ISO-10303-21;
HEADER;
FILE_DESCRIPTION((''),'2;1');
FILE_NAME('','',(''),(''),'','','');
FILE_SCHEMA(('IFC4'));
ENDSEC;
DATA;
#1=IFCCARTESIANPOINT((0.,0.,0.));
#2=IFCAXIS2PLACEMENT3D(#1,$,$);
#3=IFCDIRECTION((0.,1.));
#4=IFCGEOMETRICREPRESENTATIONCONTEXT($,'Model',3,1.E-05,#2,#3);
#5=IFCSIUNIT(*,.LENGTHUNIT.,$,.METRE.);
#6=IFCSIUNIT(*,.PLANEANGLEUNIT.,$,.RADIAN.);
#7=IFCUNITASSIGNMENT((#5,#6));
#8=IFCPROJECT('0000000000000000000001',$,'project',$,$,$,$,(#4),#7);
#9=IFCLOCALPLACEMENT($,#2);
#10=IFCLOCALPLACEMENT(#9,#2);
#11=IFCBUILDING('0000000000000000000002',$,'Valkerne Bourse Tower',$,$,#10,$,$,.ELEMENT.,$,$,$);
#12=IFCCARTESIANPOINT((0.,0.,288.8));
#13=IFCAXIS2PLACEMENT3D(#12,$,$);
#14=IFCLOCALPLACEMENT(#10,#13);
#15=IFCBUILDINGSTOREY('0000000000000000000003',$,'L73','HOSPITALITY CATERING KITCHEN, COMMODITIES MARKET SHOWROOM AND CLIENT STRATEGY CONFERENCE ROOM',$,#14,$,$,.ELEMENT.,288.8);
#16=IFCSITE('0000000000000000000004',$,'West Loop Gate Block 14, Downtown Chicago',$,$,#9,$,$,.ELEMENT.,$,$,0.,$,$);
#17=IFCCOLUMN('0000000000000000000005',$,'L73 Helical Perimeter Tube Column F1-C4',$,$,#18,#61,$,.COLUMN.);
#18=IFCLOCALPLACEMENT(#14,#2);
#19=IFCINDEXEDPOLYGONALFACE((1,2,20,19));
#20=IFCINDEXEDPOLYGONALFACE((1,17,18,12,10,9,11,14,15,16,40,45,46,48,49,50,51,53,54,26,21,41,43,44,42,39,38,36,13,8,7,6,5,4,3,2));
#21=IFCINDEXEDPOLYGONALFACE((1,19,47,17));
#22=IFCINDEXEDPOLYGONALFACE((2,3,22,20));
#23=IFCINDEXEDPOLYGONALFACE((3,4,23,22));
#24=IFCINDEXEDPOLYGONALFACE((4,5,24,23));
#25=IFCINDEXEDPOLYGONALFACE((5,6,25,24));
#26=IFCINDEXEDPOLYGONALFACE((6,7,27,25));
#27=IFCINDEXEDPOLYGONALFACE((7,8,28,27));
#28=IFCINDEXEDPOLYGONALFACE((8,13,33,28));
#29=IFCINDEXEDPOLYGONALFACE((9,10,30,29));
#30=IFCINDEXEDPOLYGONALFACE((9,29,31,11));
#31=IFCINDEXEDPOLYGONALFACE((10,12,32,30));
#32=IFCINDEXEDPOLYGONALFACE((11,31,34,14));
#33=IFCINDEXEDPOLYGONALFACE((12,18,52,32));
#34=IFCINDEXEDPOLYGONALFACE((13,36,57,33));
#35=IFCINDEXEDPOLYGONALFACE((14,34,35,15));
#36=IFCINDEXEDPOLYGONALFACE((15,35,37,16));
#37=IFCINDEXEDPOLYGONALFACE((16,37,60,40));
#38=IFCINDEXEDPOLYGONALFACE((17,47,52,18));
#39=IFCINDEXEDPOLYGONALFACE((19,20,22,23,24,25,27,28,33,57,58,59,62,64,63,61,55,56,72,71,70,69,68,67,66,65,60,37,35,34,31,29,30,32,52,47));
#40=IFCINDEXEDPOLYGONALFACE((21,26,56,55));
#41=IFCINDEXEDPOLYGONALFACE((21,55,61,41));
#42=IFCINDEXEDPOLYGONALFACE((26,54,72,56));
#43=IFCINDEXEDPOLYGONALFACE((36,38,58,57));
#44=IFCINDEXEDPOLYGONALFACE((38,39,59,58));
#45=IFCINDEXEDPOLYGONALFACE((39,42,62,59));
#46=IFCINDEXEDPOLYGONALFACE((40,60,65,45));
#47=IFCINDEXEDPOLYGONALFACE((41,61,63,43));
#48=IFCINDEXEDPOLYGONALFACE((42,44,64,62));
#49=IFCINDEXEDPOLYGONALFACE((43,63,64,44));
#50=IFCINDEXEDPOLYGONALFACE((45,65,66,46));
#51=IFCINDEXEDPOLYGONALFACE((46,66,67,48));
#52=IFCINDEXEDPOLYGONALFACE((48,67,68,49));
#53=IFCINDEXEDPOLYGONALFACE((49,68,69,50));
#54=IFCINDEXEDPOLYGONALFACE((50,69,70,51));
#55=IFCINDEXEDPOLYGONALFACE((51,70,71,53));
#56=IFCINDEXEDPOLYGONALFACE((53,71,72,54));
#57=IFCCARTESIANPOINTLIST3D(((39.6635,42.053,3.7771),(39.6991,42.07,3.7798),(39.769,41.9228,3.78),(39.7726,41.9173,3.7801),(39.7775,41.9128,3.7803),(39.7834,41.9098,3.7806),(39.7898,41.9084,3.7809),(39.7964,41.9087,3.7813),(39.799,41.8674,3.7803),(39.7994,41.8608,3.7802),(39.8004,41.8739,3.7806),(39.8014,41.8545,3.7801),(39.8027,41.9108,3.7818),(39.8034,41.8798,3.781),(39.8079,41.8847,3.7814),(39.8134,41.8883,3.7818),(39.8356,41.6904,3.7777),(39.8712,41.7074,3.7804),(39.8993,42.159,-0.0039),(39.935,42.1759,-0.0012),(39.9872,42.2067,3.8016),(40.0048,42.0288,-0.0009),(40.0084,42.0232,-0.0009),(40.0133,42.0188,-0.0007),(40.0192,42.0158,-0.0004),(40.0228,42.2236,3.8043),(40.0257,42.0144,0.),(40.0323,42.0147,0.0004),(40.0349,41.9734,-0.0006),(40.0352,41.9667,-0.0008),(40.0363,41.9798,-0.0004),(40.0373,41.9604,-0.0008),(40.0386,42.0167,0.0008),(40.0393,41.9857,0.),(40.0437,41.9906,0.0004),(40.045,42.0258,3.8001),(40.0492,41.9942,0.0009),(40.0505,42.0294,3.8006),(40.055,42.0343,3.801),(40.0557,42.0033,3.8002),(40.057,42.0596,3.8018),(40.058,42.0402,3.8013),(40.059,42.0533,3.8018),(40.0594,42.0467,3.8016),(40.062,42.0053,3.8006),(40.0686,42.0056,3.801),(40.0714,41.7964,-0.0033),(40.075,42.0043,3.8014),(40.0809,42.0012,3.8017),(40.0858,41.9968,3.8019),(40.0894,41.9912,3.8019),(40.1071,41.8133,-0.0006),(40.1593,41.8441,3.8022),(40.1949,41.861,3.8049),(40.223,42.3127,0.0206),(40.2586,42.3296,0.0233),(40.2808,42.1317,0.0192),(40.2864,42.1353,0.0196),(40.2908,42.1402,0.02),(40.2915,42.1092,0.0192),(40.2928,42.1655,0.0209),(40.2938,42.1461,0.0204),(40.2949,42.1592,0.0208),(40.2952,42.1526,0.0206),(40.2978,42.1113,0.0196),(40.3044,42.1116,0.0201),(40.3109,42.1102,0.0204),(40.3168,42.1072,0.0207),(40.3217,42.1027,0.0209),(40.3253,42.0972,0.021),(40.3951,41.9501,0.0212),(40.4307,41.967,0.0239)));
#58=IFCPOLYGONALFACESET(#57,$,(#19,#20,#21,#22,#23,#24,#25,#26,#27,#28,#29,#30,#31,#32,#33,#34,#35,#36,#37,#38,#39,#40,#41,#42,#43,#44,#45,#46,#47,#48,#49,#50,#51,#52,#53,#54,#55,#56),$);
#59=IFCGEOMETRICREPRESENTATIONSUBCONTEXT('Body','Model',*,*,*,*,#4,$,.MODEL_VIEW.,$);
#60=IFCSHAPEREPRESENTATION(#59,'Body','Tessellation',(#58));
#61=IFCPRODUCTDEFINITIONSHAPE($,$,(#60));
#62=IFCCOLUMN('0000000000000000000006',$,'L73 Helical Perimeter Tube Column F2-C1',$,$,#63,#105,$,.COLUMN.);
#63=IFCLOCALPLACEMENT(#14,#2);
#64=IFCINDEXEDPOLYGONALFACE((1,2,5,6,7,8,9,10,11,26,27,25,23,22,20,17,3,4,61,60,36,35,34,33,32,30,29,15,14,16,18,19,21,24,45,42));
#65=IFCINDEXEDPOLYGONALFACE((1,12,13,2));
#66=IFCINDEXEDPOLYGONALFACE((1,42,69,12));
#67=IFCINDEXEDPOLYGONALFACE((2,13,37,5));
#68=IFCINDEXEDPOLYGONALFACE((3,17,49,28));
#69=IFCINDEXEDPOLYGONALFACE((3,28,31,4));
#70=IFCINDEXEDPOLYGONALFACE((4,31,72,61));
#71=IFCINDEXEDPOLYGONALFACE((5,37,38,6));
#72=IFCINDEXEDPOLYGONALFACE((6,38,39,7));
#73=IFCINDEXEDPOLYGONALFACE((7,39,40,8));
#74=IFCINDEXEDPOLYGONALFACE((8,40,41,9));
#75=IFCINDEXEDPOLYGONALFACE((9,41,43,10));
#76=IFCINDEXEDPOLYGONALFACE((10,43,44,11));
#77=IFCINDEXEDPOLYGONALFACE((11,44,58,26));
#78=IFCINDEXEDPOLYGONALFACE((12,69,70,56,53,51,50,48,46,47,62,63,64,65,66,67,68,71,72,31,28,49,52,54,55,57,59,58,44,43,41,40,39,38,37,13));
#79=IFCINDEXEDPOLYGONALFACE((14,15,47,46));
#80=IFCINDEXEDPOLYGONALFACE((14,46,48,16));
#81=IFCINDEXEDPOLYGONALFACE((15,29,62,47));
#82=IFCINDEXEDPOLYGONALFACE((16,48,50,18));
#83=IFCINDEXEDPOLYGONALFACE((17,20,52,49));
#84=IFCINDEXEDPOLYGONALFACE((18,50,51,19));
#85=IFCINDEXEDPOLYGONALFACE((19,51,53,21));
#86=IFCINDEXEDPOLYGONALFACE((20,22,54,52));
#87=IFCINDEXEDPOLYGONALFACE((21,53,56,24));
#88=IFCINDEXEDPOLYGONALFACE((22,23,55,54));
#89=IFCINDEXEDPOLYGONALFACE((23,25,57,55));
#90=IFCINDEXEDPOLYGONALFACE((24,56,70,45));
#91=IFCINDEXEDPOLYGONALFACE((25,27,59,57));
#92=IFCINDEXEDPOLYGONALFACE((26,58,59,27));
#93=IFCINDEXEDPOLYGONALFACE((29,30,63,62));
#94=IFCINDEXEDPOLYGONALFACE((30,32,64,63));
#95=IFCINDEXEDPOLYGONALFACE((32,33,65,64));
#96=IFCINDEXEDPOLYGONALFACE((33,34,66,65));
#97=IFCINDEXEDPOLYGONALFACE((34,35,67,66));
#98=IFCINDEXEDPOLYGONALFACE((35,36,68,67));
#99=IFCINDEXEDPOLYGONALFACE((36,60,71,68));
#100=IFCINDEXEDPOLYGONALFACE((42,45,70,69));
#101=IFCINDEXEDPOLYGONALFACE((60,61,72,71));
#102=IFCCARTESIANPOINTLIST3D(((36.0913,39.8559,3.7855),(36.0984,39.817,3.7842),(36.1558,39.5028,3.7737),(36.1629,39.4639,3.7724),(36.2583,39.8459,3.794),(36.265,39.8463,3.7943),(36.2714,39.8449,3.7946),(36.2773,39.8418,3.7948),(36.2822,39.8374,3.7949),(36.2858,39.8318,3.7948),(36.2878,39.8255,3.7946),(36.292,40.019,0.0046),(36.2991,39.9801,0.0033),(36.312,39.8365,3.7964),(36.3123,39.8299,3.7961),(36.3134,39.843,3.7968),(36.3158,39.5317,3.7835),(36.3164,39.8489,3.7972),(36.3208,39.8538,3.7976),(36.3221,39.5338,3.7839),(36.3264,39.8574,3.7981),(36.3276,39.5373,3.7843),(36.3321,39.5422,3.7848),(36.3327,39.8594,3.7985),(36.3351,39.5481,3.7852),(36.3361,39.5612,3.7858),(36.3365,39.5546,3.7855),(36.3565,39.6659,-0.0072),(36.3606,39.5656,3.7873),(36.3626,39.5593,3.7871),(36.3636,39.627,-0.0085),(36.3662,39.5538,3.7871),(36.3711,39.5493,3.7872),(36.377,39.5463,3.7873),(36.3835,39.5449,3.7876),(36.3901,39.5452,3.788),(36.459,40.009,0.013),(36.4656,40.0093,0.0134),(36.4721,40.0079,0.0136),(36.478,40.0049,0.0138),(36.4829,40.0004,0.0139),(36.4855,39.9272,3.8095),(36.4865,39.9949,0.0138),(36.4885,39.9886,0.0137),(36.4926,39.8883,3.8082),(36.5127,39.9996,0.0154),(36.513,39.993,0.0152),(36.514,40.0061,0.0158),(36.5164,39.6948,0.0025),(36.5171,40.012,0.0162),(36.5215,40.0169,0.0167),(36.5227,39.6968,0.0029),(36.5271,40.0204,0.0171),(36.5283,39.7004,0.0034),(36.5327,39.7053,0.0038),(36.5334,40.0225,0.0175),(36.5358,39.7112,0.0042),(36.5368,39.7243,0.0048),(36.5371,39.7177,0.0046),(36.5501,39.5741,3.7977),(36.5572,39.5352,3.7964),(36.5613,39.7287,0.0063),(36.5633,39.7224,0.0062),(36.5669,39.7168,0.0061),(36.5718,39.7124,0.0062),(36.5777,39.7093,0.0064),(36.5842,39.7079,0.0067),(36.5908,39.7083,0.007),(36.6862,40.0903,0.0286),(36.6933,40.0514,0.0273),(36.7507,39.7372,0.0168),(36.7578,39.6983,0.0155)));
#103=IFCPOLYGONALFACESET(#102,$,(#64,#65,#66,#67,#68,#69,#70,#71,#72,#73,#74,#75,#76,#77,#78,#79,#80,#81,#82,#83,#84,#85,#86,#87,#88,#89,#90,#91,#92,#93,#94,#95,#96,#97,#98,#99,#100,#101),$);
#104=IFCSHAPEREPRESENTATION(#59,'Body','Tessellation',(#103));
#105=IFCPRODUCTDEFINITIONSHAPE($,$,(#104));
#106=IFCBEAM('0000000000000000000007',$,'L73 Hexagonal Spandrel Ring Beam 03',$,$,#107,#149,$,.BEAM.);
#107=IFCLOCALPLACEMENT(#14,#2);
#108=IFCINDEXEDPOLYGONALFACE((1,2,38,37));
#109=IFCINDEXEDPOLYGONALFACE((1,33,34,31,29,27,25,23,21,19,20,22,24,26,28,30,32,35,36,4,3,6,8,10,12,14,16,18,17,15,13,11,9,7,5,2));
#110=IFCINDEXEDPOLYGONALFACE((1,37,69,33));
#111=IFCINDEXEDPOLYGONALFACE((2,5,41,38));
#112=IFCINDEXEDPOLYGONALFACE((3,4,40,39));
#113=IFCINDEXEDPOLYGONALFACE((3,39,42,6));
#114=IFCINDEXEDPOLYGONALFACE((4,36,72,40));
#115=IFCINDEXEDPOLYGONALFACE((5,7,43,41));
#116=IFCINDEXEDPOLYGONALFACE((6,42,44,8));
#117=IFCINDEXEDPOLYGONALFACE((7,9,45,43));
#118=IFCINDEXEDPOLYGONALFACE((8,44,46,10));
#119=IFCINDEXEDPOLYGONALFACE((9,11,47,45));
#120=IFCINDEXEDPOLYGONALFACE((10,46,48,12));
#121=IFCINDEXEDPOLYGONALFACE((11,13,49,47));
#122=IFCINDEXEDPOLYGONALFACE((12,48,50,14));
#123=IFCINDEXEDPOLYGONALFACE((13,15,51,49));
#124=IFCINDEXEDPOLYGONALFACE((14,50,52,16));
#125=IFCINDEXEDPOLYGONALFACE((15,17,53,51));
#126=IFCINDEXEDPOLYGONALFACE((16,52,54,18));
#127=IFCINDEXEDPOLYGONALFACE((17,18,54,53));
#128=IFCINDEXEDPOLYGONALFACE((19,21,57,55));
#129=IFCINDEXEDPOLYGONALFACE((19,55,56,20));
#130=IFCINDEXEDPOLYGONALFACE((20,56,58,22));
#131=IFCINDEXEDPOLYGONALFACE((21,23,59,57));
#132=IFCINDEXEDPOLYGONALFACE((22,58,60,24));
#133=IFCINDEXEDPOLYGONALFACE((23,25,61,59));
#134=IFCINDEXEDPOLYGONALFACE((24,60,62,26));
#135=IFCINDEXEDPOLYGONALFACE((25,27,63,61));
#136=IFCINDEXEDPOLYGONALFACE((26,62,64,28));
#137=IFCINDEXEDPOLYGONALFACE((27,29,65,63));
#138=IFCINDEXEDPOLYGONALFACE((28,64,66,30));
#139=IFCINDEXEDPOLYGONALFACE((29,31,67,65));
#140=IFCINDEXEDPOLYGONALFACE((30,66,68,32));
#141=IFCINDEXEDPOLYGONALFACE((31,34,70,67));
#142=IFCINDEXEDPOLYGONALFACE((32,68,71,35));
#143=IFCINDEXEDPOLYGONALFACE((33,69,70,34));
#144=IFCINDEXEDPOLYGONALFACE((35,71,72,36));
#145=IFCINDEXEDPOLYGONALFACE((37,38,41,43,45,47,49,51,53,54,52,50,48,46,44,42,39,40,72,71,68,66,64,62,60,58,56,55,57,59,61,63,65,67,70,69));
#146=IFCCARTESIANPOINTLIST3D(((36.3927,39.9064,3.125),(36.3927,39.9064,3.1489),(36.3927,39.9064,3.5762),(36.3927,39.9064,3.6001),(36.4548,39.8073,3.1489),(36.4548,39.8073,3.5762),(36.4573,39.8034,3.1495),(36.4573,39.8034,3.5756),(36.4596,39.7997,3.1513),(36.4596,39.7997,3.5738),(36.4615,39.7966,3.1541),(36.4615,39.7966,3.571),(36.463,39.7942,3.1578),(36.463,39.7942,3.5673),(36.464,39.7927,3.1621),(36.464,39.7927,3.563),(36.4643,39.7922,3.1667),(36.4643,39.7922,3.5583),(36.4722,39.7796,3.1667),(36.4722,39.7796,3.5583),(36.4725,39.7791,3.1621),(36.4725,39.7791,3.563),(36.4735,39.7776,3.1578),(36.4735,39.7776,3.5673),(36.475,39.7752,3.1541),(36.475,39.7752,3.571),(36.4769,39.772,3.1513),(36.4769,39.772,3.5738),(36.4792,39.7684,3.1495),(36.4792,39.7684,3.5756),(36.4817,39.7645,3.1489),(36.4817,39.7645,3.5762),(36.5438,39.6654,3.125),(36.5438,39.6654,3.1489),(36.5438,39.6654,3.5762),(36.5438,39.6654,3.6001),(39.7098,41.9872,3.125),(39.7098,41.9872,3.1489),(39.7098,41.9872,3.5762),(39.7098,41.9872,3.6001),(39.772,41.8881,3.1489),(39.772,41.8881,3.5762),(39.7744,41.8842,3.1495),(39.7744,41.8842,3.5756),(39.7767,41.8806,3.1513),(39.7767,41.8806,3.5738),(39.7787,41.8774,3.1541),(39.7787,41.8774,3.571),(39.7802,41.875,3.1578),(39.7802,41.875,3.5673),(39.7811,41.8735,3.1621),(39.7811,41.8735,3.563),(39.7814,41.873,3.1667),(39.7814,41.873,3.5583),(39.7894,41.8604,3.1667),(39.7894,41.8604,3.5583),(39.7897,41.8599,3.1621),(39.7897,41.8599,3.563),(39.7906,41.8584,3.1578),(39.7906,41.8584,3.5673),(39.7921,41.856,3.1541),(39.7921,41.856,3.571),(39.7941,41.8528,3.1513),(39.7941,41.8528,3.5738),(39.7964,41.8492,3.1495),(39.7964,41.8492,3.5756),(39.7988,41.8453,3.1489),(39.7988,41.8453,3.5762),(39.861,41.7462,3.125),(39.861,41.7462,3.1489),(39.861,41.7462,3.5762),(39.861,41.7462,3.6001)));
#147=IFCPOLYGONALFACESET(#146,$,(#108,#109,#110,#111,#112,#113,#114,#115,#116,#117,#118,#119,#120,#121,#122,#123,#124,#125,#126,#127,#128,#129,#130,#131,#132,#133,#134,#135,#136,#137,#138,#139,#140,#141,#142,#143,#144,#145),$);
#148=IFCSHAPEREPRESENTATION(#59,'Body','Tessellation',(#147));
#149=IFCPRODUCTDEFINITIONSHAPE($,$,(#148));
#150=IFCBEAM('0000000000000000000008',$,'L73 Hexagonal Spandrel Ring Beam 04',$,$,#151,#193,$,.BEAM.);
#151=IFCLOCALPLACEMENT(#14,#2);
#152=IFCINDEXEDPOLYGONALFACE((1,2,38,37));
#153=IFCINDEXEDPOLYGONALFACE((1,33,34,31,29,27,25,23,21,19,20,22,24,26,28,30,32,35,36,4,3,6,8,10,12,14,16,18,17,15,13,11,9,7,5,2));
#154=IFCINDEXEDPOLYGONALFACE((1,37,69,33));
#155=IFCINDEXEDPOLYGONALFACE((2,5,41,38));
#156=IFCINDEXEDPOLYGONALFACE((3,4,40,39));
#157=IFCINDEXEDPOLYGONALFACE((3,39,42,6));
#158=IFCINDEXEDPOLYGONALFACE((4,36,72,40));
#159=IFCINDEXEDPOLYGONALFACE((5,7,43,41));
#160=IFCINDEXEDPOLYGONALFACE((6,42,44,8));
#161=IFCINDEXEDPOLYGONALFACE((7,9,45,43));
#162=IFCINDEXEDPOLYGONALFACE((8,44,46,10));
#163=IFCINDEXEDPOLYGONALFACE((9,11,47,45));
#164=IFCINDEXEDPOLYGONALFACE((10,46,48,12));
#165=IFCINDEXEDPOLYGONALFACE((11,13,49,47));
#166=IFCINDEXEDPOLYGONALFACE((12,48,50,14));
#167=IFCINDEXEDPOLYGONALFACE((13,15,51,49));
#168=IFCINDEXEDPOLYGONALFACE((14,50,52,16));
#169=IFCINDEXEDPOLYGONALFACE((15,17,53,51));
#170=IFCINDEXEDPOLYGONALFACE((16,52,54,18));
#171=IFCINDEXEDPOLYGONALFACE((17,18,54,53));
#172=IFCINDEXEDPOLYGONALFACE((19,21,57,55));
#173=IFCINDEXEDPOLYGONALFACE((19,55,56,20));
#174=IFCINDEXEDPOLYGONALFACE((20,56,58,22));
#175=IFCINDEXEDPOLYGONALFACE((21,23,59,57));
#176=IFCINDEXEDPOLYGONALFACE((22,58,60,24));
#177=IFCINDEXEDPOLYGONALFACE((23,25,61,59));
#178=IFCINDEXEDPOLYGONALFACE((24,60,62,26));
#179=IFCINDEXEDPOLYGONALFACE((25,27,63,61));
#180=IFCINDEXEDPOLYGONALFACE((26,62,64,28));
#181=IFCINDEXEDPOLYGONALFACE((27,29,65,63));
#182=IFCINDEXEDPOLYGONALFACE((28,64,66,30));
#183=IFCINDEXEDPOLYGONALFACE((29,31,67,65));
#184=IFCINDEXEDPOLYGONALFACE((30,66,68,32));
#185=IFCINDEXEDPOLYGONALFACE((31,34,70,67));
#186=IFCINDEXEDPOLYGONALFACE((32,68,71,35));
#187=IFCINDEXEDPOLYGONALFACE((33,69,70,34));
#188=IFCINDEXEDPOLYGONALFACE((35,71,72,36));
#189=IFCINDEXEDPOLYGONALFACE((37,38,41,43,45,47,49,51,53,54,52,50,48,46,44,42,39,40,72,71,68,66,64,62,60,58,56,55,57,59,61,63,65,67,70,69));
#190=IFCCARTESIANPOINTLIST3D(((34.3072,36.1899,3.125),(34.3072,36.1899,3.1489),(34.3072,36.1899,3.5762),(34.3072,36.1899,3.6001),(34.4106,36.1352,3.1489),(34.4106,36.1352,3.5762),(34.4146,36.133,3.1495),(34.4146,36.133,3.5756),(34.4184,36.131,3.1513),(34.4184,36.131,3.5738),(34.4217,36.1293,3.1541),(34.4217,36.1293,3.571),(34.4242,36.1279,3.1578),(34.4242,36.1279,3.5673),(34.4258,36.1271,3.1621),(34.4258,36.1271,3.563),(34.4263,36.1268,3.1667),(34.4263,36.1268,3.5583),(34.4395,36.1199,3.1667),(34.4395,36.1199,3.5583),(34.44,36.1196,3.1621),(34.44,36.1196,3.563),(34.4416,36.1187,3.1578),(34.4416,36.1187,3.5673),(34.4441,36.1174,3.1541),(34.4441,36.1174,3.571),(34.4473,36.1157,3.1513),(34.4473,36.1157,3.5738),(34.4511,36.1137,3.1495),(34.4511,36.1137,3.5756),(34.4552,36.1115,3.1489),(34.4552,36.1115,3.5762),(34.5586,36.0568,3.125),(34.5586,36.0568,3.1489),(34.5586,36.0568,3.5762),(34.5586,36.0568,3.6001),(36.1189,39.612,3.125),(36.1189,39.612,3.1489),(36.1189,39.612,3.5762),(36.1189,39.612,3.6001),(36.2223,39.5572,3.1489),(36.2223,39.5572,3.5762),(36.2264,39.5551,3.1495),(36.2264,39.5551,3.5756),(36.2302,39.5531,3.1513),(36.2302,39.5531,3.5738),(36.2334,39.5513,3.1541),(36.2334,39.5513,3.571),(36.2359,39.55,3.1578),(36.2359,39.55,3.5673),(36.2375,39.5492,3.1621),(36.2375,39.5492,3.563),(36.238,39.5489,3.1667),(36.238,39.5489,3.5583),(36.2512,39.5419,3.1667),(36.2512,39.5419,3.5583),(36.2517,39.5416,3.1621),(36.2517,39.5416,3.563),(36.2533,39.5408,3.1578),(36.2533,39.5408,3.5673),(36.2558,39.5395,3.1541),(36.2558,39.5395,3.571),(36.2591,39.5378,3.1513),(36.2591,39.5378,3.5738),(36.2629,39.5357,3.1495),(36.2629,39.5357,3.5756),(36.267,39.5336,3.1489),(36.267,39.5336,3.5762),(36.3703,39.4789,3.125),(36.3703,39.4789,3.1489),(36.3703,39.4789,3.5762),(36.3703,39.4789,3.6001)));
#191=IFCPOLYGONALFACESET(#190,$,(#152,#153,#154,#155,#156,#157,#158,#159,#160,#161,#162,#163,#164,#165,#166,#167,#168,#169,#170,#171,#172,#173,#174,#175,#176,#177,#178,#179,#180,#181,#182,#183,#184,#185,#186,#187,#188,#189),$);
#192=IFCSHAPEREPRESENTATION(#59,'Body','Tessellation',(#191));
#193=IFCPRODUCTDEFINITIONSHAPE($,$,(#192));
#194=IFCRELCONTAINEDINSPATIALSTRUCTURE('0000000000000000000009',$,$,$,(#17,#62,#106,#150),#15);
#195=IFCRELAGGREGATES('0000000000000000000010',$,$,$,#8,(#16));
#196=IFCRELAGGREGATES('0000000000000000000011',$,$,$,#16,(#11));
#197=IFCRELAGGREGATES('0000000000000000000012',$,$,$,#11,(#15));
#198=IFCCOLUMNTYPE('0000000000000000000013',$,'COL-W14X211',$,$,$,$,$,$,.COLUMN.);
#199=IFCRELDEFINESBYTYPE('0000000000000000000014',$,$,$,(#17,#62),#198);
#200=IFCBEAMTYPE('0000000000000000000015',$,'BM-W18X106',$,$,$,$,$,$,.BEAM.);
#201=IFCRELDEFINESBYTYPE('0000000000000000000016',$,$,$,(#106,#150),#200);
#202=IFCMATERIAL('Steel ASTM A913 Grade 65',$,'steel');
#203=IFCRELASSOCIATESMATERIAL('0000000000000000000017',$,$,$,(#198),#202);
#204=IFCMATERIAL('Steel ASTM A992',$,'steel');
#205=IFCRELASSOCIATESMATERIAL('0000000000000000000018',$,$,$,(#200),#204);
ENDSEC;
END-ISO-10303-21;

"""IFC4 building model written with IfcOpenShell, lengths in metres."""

from ifc_helpers import new_model, si_unit, direction, frame, origin, origin_2d, place, context, subcontext, project, spatial, i_section, extrude, material, material_profile, profile_set, type_object, element, save


model = new_model("IFC4")

# Units and contexts
model_context = context("Model", 3, precision=1e-05, world=origin(), true_north=direction((0.0, 1.0)))
body_context = subcontext(model_context, "Body", "Model", "MODEL_VIEW")
ifc_project = project(units=[si_unit("LENGTHUNIT", "METRE"), si_unit("PLANEANGLEUNIT", "RADIAN")], contexts=[model_context])

# Site, building, storey
site_placement = place(None, origin())
site = spatial("IfcSite", under=ifc_project, at=site_placement, Name="West Loop Gate Block 14, Downtown Chicago", CompositionType="ELEMENT", RefElevation=0.0)
building_placement = place(site_placement, origin())
building = spatial("IfcBuilding", under=site, at=building_placement, Name="Valkerne Bourse Tower", CompositionType="ELEMENT")
storey_placement = place(building_placement, frame((0.0, 0.0, 288.8)))
storey = spatial("IfcBuildingStorey", under=building, at=storey_placement, Name="L73", Description="HOSPITALITY CATERING KITCHEN, COMMODITIES MARKET SHOWROOM AND CLIENT STRATEGY CONFERENCE ROOM", CompositionType="ELEMENT", Elevation=288.8)

# Columns
ifc_material_1 = material(Name="Steel ASTM A913 Grade 65", Category="steel")
ifc_material_profile_1 = material_profile(ifc_material_1, i_section(OverallWidth=0.4014, OverallDepth=0.3987, WebThickness=0.0249, FlangeThickness=0.0396, FilletRadius=0.0254, at=origin_2d()), Name="W14X211")
ifc_profile_set_1 = profile_set([ifc_material_profile_1], Name="Steel ASTM A913 Grade 65")
column_type = type_object("IfcColumnType", Name="COL-W14X211", PredefinedType="COLUMN", material=ifc_profile_set_1)
for number, where, z_axis, x_axis, name in (
    (1, (40.165, 42.063, 0.01), (-0.06223, -0.027958, 0.99767), (-0.428784, 0.903406, -0.001429), "L73 Helical Perimeter Tube Column F1-C4"),
    (2, (36.5249, 39.8586, 0.01), (-0.052953, -0.043032, 0.997669), (-0.982303, -0.177499, -0.059794), "L73 Helical Perimeter Tube Column F2-C1"),
):
    element("IfcColumn", number, at=place(storey_placement, frame(where, z_axis=z_axis, x_axis=x_axis)), inside=storey, type_object=column_type, Name=name, PredefinedType="COLUMN", context=body_context, shape_type="SweptSolid", body=[
        extrude(i_section(OverallWidth=0.4014, OverallDepth=0.3987, WebThickness=0.0249, FlangeThickness=0.0396, FilletRadius=0.0254, at=origin_2d()), origin(), (0.0, 0.0, 1.0), 3.7898),
    ])

# Beams
ifc_material_2 = material(Name="Steel ASTM A992", Category="steel")
ifc_material_profile_2 = material_profile(ifc_material_2, i_section(OverallWidth=0.2844, OverallDepth=0.4751, WebThickness=0.0149, FlangeThickness=0.0239, FilletRadius=0.0178, at=origin_2d()), Name="W18X106")
ifc_profile_set_2 = profile_set([ifc_material_profile_2], Name="Steel ASTM A992")
beam_type_1 = type_object("IfcBeamType", Name="BM-W18X106", PredefinedType="BEAM", material=ifc_profile_set_2)
beam_1_placement = place(storey_placement, frame((39.7854, 41.8667, 3.3625), z_axis=(-0.847125, -0.531394, 0.0), x_axis=(0.531394, -0.847125, 0.0)))
element("IfcBeam", 3, at=beam_1_placement, inside=storey, type_object=beam_type_1, Name="L73 Hexagonal Spandrel Ring Beam 03", PredefinedType="BEAM", context=body_context, shape_type="SweptSolid", body=[
    extrude(i_section(OverallWidth=0.2844, OverallDepth=0.4751, WebThickness=0.0149, FlangeThickness=0.0239, FilletRadius=0.0178, at=origin_2d()), origin(), (0.0, 0.0, 1.0), 3.9158),
])
beam_2_placement = place(storey_placement, frame((36.2446, 39.5454, 3.3625), z_axis=(-0.467899, -0.883782, 0.0), x_axis=(0.883782, -0.467899, 0.0)))
element("IfcBeam", 4, at=beam_2_placement, inside=storey, type_object=beam_type_1, Name="L73 Hexagonal Spandrel Ring Beam 04", PredefinedType="BEAM", context=body_context, shape_type="SweptSolid", body=[
    extrude(i_section(OverallWidth=0.2844, OverallDepth=0.4751, WebThickness=0.0149, FlangeThickness=0.0239, FilletRadius=0.0178, at=origin_2d()), origin(), (0.0, 0.0, 1.0), 3.8721),
])

save(model, "model.ifc")
